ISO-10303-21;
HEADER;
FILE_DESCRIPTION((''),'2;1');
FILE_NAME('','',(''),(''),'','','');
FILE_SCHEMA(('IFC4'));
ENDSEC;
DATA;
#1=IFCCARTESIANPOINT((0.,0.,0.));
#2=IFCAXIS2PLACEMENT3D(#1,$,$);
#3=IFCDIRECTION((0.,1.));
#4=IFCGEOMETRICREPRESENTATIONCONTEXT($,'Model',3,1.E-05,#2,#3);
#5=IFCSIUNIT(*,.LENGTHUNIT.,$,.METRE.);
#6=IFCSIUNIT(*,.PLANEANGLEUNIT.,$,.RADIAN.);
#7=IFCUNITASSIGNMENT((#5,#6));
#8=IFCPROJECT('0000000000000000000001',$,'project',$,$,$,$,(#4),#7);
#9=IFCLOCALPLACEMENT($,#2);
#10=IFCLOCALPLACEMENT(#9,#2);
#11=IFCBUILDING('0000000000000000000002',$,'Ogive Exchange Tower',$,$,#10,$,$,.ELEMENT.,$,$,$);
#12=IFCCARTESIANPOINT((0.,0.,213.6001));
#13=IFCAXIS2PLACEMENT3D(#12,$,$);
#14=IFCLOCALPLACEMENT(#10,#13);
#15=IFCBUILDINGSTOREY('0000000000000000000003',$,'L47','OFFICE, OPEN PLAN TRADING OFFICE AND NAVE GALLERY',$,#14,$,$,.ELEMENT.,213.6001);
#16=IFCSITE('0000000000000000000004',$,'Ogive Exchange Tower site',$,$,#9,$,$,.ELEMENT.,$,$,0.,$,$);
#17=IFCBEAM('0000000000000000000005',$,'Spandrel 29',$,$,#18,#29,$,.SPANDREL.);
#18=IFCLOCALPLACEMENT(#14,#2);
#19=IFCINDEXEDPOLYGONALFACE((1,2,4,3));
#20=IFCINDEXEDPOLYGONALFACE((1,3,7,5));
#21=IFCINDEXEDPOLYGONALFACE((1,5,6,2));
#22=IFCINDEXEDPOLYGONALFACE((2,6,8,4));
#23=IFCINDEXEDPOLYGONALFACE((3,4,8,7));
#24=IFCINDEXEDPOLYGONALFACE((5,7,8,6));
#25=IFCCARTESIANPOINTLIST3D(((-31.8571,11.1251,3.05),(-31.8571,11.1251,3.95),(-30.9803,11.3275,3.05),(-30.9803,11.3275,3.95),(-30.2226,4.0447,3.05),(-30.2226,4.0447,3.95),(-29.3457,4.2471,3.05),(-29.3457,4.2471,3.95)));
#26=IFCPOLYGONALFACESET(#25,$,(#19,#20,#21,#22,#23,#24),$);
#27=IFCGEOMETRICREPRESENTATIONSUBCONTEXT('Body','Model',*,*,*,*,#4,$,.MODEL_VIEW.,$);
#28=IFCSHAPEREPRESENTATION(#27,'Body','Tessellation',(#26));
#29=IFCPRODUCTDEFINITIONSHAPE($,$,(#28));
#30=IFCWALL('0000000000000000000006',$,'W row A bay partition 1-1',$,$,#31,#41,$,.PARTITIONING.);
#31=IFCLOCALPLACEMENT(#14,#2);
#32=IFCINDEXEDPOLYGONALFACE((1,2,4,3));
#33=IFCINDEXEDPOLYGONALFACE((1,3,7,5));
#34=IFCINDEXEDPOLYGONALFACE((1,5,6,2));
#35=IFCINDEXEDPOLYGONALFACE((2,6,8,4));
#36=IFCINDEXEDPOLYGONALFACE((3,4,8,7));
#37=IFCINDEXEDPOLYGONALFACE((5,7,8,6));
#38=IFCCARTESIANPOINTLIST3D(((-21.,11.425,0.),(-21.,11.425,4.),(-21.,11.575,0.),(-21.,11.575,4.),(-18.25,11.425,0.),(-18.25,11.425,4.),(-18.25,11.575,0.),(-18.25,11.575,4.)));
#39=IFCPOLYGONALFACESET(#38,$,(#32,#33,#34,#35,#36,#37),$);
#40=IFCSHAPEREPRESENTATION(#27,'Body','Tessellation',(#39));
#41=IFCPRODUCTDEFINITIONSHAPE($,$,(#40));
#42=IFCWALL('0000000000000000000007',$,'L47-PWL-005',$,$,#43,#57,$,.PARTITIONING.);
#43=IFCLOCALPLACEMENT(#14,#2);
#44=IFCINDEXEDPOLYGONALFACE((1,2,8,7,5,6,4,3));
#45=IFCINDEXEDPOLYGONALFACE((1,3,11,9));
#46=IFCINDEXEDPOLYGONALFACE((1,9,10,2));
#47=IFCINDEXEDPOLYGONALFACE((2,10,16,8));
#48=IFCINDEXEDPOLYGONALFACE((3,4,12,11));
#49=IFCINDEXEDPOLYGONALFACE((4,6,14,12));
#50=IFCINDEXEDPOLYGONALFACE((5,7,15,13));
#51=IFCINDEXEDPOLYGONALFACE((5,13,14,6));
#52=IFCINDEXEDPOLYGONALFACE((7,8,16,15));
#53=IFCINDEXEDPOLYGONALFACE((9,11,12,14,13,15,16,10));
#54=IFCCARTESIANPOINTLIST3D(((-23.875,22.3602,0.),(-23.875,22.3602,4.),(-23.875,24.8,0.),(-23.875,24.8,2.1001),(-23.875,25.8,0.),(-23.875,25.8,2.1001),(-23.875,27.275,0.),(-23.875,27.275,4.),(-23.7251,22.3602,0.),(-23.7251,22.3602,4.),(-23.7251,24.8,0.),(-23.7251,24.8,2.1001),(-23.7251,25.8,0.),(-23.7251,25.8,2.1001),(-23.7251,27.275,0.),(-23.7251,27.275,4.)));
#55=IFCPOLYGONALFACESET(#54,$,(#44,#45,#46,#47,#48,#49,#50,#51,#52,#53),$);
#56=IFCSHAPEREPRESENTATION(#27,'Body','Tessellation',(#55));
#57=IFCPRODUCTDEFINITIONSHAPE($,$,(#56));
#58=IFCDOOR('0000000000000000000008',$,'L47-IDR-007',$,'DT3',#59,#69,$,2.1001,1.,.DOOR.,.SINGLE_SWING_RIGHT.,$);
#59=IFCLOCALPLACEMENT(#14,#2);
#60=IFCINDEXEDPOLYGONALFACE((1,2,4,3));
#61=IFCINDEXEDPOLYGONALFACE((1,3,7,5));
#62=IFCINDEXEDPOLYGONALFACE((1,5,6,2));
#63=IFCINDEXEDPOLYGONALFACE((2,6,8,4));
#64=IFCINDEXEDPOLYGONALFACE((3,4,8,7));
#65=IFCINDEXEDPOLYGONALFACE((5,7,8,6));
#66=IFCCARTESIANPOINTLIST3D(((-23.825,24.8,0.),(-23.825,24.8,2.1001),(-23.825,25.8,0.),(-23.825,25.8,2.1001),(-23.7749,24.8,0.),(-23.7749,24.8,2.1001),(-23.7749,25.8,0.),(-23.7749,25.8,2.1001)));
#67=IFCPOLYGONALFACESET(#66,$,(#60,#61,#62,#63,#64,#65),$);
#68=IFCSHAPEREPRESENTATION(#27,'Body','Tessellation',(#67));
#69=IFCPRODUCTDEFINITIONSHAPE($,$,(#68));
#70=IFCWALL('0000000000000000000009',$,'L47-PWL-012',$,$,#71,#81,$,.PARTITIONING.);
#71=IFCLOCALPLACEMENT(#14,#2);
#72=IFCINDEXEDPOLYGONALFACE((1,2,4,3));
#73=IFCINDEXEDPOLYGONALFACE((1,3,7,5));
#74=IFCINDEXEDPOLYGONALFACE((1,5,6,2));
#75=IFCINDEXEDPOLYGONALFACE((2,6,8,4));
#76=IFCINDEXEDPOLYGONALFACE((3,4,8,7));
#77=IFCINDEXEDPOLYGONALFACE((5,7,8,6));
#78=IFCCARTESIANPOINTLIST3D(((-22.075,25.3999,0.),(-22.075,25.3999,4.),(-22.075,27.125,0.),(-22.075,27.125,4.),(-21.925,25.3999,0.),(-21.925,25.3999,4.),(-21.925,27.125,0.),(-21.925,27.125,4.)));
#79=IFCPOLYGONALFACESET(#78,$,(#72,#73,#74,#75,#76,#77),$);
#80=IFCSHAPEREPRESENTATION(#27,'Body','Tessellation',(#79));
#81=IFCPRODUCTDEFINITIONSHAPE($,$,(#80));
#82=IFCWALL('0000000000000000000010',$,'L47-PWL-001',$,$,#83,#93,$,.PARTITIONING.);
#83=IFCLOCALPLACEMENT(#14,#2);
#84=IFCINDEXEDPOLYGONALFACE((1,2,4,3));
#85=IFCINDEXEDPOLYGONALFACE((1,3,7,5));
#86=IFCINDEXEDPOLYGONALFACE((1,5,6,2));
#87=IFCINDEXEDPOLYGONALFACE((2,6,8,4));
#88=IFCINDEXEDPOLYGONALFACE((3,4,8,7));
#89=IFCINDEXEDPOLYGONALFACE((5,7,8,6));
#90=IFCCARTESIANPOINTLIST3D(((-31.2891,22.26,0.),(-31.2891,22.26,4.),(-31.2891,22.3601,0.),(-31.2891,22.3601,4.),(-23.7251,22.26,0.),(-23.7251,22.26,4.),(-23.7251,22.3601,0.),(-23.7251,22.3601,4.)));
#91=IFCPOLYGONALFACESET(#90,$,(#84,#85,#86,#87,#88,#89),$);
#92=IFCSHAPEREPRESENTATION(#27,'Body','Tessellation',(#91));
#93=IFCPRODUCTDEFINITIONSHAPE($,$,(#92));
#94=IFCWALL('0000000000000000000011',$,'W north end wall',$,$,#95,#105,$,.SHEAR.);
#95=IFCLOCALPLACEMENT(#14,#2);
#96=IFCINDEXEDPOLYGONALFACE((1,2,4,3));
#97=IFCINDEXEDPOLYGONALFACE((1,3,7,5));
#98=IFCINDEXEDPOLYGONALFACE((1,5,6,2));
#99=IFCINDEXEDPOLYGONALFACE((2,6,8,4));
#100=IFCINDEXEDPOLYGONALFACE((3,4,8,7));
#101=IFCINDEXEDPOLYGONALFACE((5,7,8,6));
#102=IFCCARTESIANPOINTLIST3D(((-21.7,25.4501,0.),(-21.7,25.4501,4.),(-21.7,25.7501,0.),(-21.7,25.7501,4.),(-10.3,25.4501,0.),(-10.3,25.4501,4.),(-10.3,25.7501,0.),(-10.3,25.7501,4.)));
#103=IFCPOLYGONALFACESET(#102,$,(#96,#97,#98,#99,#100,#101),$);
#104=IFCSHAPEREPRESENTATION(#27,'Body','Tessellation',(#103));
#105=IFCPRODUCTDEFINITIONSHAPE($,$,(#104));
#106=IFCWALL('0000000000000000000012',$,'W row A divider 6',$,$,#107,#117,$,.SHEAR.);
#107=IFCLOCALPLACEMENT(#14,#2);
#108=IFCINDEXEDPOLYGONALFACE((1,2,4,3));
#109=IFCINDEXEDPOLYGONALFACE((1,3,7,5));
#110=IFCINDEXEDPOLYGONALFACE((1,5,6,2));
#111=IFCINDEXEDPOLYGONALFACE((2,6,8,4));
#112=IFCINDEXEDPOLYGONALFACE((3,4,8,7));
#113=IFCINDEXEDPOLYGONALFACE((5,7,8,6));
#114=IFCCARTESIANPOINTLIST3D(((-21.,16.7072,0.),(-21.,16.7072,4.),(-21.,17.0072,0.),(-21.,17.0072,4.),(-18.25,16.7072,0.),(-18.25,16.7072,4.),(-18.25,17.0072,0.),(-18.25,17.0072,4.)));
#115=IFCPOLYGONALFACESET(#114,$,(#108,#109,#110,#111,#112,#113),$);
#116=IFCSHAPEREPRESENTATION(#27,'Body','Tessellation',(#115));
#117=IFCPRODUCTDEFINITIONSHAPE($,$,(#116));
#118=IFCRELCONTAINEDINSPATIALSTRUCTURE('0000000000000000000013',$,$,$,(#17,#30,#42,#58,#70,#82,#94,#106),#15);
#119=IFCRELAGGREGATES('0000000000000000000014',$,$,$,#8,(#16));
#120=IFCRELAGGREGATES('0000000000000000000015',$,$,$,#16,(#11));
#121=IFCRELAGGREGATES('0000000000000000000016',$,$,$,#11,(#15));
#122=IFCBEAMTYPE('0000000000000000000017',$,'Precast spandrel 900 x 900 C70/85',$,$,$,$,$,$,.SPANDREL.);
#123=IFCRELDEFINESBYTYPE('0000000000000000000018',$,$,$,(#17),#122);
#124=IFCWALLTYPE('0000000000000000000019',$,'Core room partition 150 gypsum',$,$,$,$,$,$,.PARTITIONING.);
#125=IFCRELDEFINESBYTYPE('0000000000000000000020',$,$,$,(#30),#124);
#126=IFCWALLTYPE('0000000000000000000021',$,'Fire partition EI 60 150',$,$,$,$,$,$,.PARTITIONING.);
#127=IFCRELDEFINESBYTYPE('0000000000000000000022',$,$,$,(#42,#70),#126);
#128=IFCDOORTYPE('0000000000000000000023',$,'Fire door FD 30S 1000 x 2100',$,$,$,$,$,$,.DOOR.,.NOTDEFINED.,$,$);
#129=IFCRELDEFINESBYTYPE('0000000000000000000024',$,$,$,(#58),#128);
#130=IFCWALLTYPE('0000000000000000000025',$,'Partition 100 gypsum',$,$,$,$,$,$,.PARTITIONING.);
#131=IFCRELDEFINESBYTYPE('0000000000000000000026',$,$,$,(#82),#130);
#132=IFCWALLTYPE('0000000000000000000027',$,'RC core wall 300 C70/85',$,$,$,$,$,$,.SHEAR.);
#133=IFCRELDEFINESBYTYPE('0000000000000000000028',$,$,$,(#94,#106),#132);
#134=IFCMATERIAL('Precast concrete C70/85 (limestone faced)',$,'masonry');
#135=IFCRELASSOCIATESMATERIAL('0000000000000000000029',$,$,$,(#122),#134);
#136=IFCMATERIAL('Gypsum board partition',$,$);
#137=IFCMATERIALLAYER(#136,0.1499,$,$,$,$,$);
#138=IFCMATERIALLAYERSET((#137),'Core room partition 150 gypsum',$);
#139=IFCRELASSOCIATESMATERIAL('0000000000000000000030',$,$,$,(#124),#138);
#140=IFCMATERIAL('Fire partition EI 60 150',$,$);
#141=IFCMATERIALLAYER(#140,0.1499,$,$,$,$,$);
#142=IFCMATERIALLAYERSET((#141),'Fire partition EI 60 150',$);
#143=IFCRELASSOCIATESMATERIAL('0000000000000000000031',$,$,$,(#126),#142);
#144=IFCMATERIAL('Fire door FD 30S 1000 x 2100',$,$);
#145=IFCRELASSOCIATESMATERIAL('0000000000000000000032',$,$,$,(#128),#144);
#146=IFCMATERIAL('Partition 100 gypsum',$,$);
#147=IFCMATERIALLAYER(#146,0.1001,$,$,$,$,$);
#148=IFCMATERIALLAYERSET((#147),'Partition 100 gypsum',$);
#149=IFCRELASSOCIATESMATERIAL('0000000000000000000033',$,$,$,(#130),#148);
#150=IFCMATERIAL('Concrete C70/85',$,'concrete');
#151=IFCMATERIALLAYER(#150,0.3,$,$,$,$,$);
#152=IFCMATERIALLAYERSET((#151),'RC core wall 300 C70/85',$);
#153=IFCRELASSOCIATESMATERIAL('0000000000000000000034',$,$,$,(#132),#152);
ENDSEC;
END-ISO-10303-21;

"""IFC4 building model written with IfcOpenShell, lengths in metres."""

from ifc_helpers import new_model, si_unit, direction, frame, frame_2d, origin, origin_2d, place, context, subcontext, project, spatial, rectangle, extrude, material, layer, layer_set, material_profile, profile_set, type_object, element, fill, save


model = new_model("IFC4")

# Units and contexts
model_context = context("Model", 3, precision=1e-05, world=origin(), true_north=direction((0.0, 1.0)))
body_context = subcontext(model_context, "Body", "Model", "MODEL_VIEW")
ifc_project = project(units=[si_unit("LENGTHUNIT", "METRE"), si_unit("PLANEANGLEUNIT", "RADIAN")], contexts=[model_context])

# Site, building, storey
site_placement = place(None, origin())
site = spatial("IfcSite", under=ifc_project, at=site_placement, Name="Ogive Exchange Tower site", CompositionType="ELEMENT", RefElevation=0.0)
building_placement = place(site_placement, origin())
building = spatial("IfcBuilding", under=site, at=building_placement, Name="Ogive Exchange Tower", CompositionType="ELEMENT")
storey_placement = place(building_placement, frame((0.0, 0.0, 213.6001)))
storey = spatial("IfcBuildingStorey", under=building, at=storey_placement, Name="L47", Description="OFFICE, OPEN PLAN TRADING OFFICE AND NAVE GALLERY", CompositionType="ELEMENT", Elevation=213.6001)

# Shared definitions
ifc_material_1 = material(Name="Precast concrete C70/85 (limestone faced)", Category="masonry")

# Beam
ifc_material_profile_1 = material_profile(ifc_material_1, rectangle(XDim=0.8999, YDim=0.8999, at=origin_2d()), Name="900 x 900")
ifc_profile_set_1 = profile_set([ifc_material_profile_1], Name="Precast concrete C70/85 (limestone faced)")
beam_type_1 = type_object("IfcBeamType", Name="Precast spandrel 900 x 900 C70/85", PredefinedType="SPANDREL", material=ifc_profile_set_1)
beam_1_placement = place(storey_placement, frame((-31.4187, 11.2263, 3.5), z_axis=(0.224938, -0.974373, 0.0), x_axis=(0.974373, 0.224938, 0.0)))
element("IfcBeam", 1, at=beam_1_placement, inside=storey, type_object=beam_type_1, Name="Spandrel 29", PredefinedType="SPANDREL", context=body_context, shape_type="SweptSolid", body=[
    extrude(rectangle(XDim=0.8999, YDim=0.8999, at=origin_2d()), origin(), (0.0, 0.0, 1.0), 7.2666),
])

# Wall
ifc_material_2 = material(Name="Gypsum board partition")
ifc_layer_1 = layer(ifc_material_2, 0.1499)
ifc_layer_set_1 = layer_set([ifc_layer_1], Name="Core room partition 150 gypsum")
wall_type_1 = type_object("IfcWallType", Name="Core room partition 150 gypsum", PredefinedType="PARTITIONING", material=ifc_layer_set_1)
wall_1_placement = place(storey_placement, frame((-21.0, 11.5, 0.0), z_axis=(0.0, 0.0, 1.0), x_axis=(1.0, 0.0, 0.0)))
element("IfcWall", 2, at=wall_1_placement, inside=storey, type_object=wall_type_1, Name="W row A bay partition 1-1", PredefinedType="PARTITIONING", context=body_context, shape_type="SweptSolid", body=[
    extrude(rectangle(XDim=2.75, YDim=0.1499, at=frame_2d((1.375, 0.0))), origin(), (0.0, 0.0, 1.0), 4.0),
])

# Wall, opening, door
ifc_material_3 = material(Name="Fire partition EI 60 150")
ifc_layer_2 = layer(ifc_material_3, 0.1499)
ifc_layer_set_2 = layer_set([ifc_layer_2], Name="Fire partition EI 60 150")
wall_type_2 = type_object("IfcWallType", Name="Fire partition EI 60 150", PredefinedType="PARTITIONING", material=ifc_layer_set_2)
wall_2_placement = place(storey_placement, frame((-23.8, 22.3601, 0.0), z_axis=(0.0, 0.0, 1.0), x_axis=(0.0, 1.0, 0.0)))
wall_2 = element("IfcWall", 3, at=wall_2_placement, inside=storey, type_object=wall_type_2, Name="L47-PWL-005", PredefinedType="PARTITIONING", context=body_context, shape_type="SweptSolid", body=[
    extrude(rectangle(XDim=4.9148, YDim=0.1499, at=frame_2d((2.4575, 0.0))), origin(), (0.0, 0.0, 1.0), 4.0),
])
opening_placement = place(wall_2_placement, frame((2.4399, 0.0, 0.0)))
opening = element("IfcOpeningElement", 4, at=opening_placement, cuts=wall_2, PredefinedType="OPENING", context=body_context, shape_type="SweptSolid", body=[
    extrude(rectangle(XDim=1.0, YDim=2.1001, at=frame_2d((0.5, 1.05))), frame((0.0, 0.085, 0.0), z_axis=(0.0, -1.0, 0.0), x_axis=(1.0, 0.0, 0.0)), (0.0, 0.0, 1.0), 0.1699),
])
ifc_material_4 = material(Name="Fire door FD 30S 1000 x 2100")
door_type = type_object("IfcDoorType", Name="Fire door FD 30S 1000 x 2100", OperationType="NOTDEFINED", PredefinedType="DOOR", material=ifc_material_4)
door_placement = place(opening_placement, origin())
door = element("IfcDoor", 5, at=door_placement, inside=storey, type_object=door_type, Name="L47-IDR-007", ObjectType="DT3", OperationType="SINGLE_SWING_RIGHT", OverallHeight=2.1001, OverallWidth=1.0, PredefinedType="DOOR", context=body_context, shape_type="SweptSolid", body=[
    extrude(rectangle(XDim=1.0, YDim=2.1001, at=frame_2d((0.5, 1.05))), frame((0.0, 0.0249, 0.0), z_axis=(0.0, -1.0, 0.0), x_axis=(1.0, 0.0, 0.0)), (0.0, 0.0, 1.0), 0.05),
])
fill(opening, door)

# Walls
wall_3_placement = place(storey_placement, frame((-22.0, 27.125, 0.0), z_axis=(0.0, 0.0, 1.0), x_axis=(0.0, -1.0, 0.0)))
element("IfcWall", 6, at=wall_3_placement, inside=storey, type_object=wall_type_2, Name="L47-PWL-012", PredefinedType="PARTITIONING", context=body_context, shape_type="SweptSolid", body=[
    extrude(rectangle(XDim=1.7251, YDim=0.1499, at=frame_2d((0.8625, 0.0))), origin(), (0.0, 0.0, 1.0), 4.0),
])
ifc_material_5 = material(Name="Partition 100 gypsum")
ifc_layer_3 = layer(ifc_material_5, 0.1001)
ifc_layer_set_3 = layer_set([ifc_layer_3], Name="Partition 100 gypsum")
wall_type_3 = type_object("IfcWallType", Name="Partition 100 gypsum", PredefinedType="PARTITIONING", material=ifc_layer_set_3)
wall_4_placement = place(storey_placement, frame((-31.2891, 22.3101, 0.0), z_axis=(0.0, 0.0, 1.0), x_axis=(1.0, 0.0, 0.0)))
element("IfcWall", 7, at=wall_4_placement, inside=storey, type_object=wall_type_3, Name="L47-PWL-001", PredefinedType="PARTITIONING", context=body_context, shape_type="SweptSolid", body=[
    extrude(rectangle(XDim=7.564, YDim=0.1001, at=frame_2d((3.782, 0.0))), origin(), (0.0, 0.0, 1.0), 4.0),
])
ifc_material_6 = material(Name="Concrete C70/85", Category="concrete")
ifc_layer_4 = layer(ifc_material_6, 0.3)
ifc_layer_set_4 = layer_set([ifc_layer_4], Name="RC core wall 300 C70/85")
wall_type_4 = type_object("IfcWallType", Name="RC core wall 300 C70/85", PredefinedType="SHEAR", material=ifc_layer_set_4)
wall_5_placement = place(storey_placement, frame((-21.7, 25.6001, 0.0), z_axis=(0.0, 0.0, 1.0), x_axis=(1.0, 0.0, 0.0)))
element("IfcWall", 8, at=wall_5_placement, inside=storey, type_object=wall_type_4, Name="W north end wall", PredefinedType="SHEAR", context=body_context, shape_type="SweptSolid", body=[
    extrude(rectangle(XDim=11.3999, YDim=0.3, at=frame_2d((5.7, 0.0))), origin(), (0.0, 0.0, 1.0), 4.0),
])
wall_6_placement = place(storey_placement, frame((-21.0, 16.8572, 0.0), z_axis=(0.0, 0.0, 1.0), x_axis=(1.0, 0.0, 0.0)))
element("IfcWall", 9, at=wall_6_placement, inside=storey, type_object=wall_type_4, Name="W row A divider 6", PredefinedType="SHEAR", context=body_context, shape_type="SweptSolid", body=[
    extrude(rectangle(XDim=2.75, YDim=0.3, at=frame_2d((1.375, 0.0))), origin(), (0.0, 0.0, 1.0), 4.0),
])

save(model, "model.ifc")
